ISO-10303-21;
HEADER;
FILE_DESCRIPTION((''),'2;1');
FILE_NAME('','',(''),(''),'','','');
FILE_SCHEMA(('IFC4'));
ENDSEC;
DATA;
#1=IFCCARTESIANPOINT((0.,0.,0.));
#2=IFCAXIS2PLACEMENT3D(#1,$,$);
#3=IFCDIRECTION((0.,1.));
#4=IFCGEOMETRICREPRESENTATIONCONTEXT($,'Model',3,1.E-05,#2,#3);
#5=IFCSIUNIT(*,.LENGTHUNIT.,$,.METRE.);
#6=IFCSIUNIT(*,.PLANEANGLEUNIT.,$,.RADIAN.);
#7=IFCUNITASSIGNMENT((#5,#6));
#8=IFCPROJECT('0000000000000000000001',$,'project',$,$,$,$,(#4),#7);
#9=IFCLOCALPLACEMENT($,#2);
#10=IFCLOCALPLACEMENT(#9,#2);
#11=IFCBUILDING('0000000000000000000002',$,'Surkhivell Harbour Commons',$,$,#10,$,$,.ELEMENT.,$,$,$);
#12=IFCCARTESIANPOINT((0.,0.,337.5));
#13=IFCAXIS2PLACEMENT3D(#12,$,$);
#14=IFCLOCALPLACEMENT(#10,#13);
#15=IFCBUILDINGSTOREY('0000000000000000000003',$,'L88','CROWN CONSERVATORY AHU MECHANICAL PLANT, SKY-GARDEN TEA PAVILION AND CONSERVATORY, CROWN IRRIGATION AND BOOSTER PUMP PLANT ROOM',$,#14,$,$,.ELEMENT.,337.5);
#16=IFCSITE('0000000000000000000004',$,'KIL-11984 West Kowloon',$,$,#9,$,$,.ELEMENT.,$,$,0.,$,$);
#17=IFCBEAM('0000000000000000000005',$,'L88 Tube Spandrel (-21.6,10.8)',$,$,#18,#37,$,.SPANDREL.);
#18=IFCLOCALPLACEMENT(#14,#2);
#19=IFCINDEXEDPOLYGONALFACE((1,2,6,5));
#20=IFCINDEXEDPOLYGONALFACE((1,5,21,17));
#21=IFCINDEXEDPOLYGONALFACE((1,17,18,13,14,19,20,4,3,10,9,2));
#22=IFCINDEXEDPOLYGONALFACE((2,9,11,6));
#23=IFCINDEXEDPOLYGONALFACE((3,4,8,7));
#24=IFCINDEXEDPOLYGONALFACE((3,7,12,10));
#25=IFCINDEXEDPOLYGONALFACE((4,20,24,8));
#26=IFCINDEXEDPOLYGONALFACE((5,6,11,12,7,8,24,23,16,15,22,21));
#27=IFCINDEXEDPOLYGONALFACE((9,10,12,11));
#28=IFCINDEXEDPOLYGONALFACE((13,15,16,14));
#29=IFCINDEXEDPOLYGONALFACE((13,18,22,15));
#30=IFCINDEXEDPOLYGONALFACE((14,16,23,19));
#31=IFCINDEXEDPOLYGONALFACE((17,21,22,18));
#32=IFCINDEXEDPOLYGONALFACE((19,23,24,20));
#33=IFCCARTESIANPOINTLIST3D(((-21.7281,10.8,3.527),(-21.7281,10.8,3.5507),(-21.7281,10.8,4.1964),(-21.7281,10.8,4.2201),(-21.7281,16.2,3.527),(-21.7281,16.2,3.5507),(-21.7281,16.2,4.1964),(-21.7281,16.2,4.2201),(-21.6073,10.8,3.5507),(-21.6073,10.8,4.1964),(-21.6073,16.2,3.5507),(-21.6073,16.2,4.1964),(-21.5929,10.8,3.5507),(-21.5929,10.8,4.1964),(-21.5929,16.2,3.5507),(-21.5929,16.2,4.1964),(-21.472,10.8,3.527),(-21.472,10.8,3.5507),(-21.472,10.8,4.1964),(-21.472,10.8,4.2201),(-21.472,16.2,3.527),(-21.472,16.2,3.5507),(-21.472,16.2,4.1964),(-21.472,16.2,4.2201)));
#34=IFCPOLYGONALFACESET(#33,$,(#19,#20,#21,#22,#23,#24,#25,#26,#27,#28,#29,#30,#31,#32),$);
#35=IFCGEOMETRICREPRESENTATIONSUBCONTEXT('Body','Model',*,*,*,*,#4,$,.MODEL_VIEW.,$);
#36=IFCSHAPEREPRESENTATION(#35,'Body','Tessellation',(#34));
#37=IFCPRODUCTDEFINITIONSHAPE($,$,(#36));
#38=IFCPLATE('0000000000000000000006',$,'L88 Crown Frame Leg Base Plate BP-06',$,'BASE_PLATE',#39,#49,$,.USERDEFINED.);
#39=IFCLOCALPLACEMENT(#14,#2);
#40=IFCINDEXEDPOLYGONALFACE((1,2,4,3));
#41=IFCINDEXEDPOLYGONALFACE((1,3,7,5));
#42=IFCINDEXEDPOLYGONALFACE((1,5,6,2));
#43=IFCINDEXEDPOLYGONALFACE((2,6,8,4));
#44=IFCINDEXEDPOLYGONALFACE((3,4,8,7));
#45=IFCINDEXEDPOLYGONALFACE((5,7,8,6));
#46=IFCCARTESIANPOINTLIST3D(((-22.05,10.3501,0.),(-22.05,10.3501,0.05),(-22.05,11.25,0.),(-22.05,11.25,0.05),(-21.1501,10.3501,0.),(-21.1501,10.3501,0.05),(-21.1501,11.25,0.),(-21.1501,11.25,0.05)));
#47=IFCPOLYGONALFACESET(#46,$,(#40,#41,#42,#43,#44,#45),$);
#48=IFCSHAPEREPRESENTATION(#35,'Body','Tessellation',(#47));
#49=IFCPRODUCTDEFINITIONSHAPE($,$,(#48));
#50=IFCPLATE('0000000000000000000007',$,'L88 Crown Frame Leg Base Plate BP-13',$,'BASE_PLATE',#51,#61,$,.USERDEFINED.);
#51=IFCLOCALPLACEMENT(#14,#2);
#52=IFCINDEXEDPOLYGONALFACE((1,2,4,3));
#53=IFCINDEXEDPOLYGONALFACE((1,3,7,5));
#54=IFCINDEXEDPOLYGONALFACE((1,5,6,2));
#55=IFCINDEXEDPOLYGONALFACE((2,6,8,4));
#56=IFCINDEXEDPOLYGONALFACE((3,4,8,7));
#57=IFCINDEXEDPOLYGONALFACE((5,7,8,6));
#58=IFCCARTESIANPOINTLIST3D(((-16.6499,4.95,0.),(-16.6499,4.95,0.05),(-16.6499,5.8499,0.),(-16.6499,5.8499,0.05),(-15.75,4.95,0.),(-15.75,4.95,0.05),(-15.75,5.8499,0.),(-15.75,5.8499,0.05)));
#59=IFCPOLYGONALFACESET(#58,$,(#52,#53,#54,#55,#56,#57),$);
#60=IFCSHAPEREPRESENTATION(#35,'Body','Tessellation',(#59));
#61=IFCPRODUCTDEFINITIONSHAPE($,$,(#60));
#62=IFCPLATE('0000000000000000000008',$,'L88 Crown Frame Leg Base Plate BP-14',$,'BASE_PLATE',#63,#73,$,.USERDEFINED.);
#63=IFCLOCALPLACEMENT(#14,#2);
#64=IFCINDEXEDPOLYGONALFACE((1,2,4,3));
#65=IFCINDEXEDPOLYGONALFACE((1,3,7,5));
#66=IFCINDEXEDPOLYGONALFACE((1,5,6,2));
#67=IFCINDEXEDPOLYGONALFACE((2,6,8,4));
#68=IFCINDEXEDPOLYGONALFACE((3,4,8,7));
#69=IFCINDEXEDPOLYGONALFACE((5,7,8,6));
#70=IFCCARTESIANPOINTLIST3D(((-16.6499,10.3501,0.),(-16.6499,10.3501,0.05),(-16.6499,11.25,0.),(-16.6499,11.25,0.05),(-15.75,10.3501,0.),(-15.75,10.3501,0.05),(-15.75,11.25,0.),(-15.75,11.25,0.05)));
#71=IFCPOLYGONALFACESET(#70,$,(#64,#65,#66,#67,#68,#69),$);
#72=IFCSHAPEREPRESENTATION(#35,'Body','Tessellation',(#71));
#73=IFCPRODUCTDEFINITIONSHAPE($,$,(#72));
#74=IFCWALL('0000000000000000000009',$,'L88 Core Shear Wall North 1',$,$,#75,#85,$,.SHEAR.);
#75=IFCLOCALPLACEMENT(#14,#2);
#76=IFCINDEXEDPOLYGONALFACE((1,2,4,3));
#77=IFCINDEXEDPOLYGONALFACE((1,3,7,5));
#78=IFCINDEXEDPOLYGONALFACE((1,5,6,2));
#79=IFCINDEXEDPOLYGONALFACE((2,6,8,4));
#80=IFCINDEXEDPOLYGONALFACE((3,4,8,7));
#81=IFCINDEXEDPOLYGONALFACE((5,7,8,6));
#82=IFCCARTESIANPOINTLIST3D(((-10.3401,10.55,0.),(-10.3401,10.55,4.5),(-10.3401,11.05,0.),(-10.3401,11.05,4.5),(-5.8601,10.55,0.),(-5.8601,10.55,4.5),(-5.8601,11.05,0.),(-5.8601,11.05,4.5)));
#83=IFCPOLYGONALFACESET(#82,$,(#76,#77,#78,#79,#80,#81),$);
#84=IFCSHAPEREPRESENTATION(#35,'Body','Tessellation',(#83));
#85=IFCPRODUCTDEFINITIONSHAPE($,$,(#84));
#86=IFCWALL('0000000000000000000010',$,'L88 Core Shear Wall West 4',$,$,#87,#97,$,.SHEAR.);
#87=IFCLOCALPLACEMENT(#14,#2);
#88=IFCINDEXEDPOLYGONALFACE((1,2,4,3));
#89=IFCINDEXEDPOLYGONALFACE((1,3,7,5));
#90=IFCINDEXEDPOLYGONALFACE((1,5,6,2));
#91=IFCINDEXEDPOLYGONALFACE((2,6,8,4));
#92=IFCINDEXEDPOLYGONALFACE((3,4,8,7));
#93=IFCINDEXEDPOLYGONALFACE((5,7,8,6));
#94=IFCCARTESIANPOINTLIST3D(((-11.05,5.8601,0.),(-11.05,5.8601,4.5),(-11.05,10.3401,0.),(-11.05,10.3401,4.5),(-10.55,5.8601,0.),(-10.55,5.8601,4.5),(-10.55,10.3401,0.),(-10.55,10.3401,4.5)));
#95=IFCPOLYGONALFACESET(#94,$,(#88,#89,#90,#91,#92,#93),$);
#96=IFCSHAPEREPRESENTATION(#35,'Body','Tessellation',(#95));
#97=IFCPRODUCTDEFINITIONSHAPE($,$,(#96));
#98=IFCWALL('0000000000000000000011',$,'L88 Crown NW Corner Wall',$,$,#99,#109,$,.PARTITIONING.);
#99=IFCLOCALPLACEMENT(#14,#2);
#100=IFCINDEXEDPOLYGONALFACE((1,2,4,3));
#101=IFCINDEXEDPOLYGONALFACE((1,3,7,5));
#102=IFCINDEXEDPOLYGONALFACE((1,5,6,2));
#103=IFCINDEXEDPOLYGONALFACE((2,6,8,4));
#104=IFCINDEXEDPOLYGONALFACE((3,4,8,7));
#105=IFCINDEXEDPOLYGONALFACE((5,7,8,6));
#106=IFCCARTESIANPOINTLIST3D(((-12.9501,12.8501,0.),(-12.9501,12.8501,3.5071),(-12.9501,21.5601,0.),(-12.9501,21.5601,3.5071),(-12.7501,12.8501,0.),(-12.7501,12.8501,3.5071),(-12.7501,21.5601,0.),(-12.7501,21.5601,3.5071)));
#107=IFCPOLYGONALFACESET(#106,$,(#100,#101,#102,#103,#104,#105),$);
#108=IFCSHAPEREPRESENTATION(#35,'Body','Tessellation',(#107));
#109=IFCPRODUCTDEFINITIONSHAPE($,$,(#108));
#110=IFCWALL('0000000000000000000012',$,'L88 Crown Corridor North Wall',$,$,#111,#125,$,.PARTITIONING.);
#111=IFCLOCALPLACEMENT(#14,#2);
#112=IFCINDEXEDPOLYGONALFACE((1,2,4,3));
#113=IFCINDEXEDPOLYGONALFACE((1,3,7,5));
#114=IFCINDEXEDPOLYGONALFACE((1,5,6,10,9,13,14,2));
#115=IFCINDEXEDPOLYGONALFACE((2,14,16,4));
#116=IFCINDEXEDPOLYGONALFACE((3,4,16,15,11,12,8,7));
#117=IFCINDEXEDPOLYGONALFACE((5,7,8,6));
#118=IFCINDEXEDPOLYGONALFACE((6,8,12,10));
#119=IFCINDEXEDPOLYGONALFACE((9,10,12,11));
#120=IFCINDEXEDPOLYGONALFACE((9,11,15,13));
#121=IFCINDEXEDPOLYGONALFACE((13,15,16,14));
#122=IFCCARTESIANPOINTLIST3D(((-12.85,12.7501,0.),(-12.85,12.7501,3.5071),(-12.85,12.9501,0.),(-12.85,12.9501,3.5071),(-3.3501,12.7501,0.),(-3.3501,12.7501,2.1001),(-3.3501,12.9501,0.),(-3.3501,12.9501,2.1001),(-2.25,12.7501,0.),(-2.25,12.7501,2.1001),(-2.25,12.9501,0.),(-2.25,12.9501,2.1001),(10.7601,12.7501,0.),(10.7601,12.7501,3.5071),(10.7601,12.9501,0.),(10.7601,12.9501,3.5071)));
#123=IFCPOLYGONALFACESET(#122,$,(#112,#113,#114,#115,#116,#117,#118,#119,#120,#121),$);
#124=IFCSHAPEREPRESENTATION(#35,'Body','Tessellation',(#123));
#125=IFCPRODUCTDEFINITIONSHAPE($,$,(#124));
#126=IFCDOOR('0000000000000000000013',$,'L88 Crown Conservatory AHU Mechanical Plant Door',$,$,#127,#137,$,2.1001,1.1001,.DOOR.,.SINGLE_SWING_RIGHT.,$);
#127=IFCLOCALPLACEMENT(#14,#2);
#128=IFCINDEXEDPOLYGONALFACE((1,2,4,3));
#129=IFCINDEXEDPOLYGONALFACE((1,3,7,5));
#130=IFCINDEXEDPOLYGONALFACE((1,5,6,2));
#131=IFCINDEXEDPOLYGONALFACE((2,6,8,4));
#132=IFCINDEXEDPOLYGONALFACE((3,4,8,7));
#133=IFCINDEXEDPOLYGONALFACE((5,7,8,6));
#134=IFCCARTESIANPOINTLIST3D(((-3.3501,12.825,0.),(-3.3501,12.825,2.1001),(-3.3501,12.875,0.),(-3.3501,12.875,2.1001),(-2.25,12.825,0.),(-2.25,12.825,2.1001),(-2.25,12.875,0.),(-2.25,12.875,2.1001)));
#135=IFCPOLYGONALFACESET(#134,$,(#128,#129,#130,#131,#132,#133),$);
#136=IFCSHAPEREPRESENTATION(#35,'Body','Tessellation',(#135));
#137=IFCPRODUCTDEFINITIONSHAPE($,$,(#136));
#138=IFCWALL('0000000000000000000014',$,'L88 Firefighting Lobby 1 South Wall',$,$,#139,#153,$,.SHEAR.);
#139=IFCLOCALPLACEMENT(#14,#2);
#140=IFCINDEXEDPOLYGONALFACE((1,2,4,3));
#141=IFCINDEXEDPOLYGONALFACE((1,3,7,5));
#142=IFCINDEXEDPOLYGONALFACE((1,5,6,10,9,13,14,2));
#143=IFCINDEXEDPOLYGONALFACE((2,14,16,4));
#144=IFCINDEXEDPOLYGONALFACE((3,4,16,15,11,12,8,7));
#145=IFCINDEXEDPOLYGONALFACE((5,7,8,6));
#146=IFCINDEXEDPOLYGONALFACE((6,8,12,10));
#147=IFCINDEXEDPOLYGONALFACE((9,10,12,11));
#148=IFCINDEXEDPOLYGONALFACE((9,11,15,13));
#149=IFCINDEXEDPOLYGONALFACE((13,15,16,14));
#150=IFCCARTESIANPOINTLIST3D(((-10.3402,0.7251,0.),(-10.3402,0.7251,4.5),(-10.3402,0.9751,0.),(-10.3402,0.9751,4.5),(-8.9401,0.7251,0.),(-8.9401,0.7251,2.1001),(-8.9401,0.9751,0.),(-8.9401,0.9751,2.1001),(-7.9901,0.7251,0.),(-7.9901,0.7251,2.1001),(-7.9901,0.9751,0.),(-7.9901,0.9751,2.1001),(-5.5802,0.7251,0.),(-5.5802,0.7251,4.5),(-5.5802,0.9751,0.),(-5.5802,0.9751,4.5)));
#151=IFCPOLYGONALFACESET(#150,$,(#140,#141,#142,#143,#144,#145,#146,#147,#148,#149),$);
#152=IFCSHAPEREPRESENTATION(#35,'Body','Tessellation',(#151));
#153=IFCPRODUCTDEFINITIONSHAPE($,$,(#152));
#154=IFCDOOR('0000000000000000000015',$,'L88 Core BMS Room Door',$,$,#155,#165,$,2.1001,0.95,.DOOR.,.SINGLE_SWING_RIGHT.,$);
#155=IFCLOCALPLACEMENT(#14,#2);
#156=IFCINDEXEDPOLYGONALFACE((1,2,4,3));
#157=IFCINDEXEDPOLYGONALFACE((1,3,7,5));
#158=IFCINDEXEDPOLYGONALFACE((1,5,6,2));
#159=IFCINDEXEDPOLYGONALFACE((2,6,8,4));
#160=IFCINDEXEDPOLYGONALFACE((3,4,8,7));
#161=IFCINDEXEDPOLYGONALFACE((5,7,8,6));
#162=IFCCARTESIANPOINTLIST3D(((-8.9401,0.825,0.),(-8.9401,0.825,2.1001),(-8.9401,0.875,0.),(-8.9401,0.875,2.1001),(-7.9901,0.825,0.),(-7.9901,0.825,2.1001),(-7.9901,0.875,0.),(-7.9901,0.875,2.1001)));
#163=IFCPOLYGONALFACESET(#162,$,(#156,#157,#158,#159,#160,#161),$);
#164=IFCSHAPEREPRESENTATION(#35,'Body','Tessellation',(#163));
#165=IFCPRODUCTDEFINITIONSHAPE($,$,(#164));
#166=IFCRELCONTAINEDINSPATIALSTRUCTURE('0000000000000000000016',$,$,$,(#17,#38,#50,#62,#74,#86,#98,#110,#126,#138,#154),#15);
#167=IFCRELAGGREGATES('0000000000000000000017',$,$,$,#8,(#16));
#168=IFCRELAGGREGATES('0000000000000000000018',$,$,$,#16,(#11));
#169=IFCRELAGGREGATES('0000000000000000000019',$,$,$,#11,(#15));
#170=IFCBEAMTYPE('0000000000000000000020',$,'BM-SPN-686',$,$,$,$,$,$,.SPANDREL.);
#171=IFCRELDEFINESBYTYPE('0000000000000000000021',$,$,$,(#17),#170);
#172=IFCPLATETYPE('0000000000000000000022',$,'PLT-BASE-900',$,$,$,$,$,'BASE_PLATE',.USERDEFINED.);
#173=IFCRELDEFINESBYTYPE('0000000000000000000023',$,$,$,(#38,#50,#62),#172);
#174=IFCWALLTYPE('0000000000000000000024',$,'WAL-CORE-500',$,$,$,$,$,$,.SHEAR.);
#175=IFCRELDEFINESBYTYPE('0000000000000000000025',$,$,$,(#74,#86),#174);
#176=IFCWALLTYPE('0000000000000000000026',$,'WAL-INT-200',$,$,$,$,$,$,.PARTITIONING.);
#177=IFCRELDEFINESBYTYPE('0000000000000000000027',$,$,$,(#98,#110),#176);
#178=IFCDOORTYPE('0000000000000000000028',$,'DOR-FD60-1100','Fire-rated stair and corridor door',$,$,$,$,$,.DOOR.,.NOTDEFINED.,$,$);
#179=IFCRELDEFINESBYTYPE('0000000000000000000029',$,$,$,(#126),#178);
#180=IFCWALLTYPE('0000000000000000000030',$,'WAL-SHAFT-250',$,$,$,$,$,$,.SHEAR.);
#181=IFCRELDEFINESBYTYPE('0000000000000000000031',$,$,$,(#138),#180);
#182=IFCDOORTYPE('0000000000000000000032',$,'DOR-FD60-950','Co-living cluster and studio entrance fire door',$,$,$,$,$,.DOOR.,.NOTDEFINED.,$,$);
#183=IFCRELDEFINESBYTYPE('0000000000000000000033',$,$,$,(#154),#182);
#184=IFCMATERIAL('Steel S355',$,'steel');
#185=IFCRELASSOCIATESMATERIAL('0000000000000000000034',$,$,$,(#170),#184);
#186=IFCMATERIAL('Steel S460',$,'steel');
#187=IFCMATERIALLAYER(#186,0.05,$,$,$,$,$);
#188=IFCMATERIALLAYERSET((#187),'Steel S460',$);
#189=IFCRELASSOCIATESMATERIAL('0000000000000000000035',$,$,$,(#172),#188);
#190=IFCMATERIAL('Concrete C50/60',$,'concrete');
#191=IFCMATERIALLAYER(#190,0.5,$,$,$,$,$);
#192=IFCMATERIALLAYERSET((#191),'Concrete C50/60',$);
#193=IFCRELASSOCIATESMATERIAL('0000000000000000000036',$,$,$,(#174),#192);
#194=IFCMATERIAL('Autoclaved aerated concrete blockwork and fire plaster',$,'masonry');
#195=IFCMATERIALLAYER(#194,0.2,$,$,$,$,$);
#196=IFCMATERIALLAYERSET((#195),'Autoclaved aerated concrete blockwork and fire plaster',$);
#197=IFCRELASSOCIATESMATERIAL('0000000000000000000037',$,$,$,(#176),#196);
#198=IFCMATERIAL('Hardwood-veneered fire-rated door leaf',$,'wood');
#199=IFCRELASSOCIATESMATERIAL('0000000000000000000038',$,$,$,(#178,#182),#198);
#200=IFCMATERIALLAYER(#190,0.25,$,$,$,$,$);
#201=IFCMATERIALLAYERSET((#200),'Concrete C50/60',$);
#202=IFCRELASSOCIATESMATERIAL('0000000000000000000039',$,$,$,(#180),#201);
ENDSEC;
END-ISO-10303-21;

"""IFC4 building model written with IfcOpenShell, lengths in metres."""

from ifc_helpers import new_model, si_unit, direction, frame, frame_2d, origin, origin_2d, place, context, subcontext, project, spatial, rectangle, i_section, extrude, material, layer, layer_set, material_profile, profile_set, type_object, element, fill, save


model = new_model("IFC4")

# Units and contexts
model_context = context("Model", 3, precision=1e-05, world=origin(), true_north=direction((0.0, 1.0)))
body_context = subcontext(model_context, "Body", "Model", "MODEL_VIEW")
ifc_project = project(units=[si_unit("LENGTHUNIT", "METRE"), si_unit("PLANEANGLEUNIT", "RADIAN")], contexts=[model_context])

# Site, building, storey
site_placement = place(None, origin())
site = spatial("IfcSite", under=ifc_project, at=site_placement, Name="KIL-11984 West Kowloon", CompositionType="ELEMENT", RefElevation=0.0)
building_placement = place(site_placement, origin())
building = spatial("IfcBuilding", under=site, at=building_placement, Name="Surkhivell Harbour Commons", CompositionType="ELEMENT")
storey_placement = place(building_placement, frame((0.0, 0.0, 337.5)))
storey = spatial("IfcBuildingStorey", under=building, at=storey_placement, Name="L88", Description="CROWN CONSERVATORY AHU MECHANICAL PLANT, SKY-GARDEN TEA PAVILION AND CONSERVATORY, CROWN IRRIGATION AND BOOSTER PUMP PLANT ROOM", CompositionType="ELEMENT", Elevation=337.5)

# Shared definitions
ifc_material_1 = material(Name="Steel S460", Category="steel")

# Beam
ifc_material_2 = material(Name="Steel S355", Category="steel")
ifc_material_profile_1 = material_profile(ifc_material_2, i_section(OverallWidth=0.2561, OverallDepth=0.6931, WebThickness=0.0144, FlangeThickness=0.0237, at=origin_2d()), Name="UB686x254x170")
ifc_profile_set_1 = profile_set([ifc_material_profile_1], Name="Steel S355")
beam_type_1 = type_object("IfcBeamType", Name="BM-SPN-686", PredefinedType="SPANDREL", material=ifc_profile_set_1)
beam_placement = place(storey_placement, frame((-21.6001, 10.8, 3.8735), z_axis=(0.0, 1.0, 0.0), x_axis=(-1.0, 0.0, 0.0)))
element("IfcBeam", 1, at=beam_placement, inside=storey, type_object=beam_type_1, Name="L88 Tube Spandrel (-21.6,10.8)", PredefinedType="SPANDREL", context=body_context, shape_type="SweptSolid", body=[
    extrude(i_section(OverallWidth=0.2561, OverallDepth=0.6931, WebThickness=0.0144, FlangeThickness=0.0237, at=origin_2d()), origin(), (0.0, 0.0, 1.0), 5.3999),
])

# Plates
ifc_layer_1 = layer(ifc_material_1, 0.05)
ifc_layer_set_1 = layer_set([ifc_layer_1], Name="Steel S460")
plate_type = type_object("IfcPlateType", Name="PLT-BASE-900", ElementType="BASE_PLATE", PredefinedType="USERDEFINED", material=ifc_layer_set_1)
for number, where, z_axis, x_axis, name in (
    (2, (-21.6001, 10.8, 0.0), (0.0, 0.0, 1.0), (1.0, 0.0, 0.0), "L88 Crown Frame Leg Base Plate BP-06"),
    (3, (-16.2, 5.3999, 0.0), (0.0, 0.0, 1.0), (1.0, 0.0, 0.0), "L88 Crown Frame Leg Base Plate BP-13"),
    (4, (-16.2, 10.8, 0.0), (0.0, 0.0, 1.0), (1.0, 0.0, 0.0), "L88 Crown Frame Leg Base Plate BP-14"),
):
    element("IfcPlate", number, at=place(storey_placement, frame(where, z_axis=z_axis, x_axis=x_axis)), inside=storey, type_object=plate_type, Name=name, ObjectType="BASE_PLATE", PredefinedType="USERDEFINED", context=body_context, shape_type="SweptSolid", body=[
        extrude(rectangle(XDim=0.8999, YDim=0.8999, at=origin_2d()), origin(), (0.0, 0.0, 1.0), 0.05),
    ])

# Walls
ifc_material_3 = material(Name="Concrete C50/60", Category="concrete")
ifc_layer_2 = layer(ifc_material_3, 0.5)
ifc_layer_set_2 = layer_set([ifc_layer_2], Name="Concrete C50/60")
wall_type_1 = type_object("IfcWallType", Name="WAL-CORE-500", PredefinedType="SHEAR", material=ifc_layer_set_2)
for number, where, z_axis, x_axis, name in (
    (5, (-10.3401, 10.8, 0.0), (0.0, 0.0, 1.0), (1.0, 0.0, 0.0), "L88 Core Shear Wall North 1"),
    (6, (-10.8, 5.8601, 0.0), (0.0, 0.0, 1.0), (0.0, 1.0, 0.0), "L88 Core Shear Wall West 4"),
):
    element("IfcWall", number, at=place(storey_placement, frame(where, z_axis=z_axis, x_axis=x_axis)), inside=storey, type_object=wall_type_1, Name=name, PredefinedType="SHEAR", context=body_context, shape_type="SweptSolid", body=[
        extrude(rectangle(XDim=4.48, YDim=0.5, at=frame_2d((2.24, 0.0))), origin(), (0.0, 0.0, 1.0), 4.5),
    ])
ifc_material_4 = material(Name="Autoclaved aerated concrete blockwork and fire plaster", Category="masonry")
ifc_layer_3 = layer(ifc_material_4, 0.2)
ifc_layer_set_3 = layer_set([ifc_layer_3], Name="Autoclaved aerated concrete blockwork and fire plaster")
wall_type_2 = type_object("IfcWallType", Name="WAL-INT-200", PredefinedType="PARTITIONING", material=ifc_layer_set_3)
wall_1_placement = place(storey_placement, frame((-12.8501, 12.8501, 0.0), z_axis=(0.0, 0.0, 1.0), x_axis=(0.0, 1.0, 0.0)))
element("IfcWall", 7, at=wall_1_placement, inside=storey, type_object=wall_type_2, Name="L88 Crown NW Corner Wall", PredefinedType="PARTITIONING", context=body_context, shape_type="SweptSolid", body=[
    extrude(rectangle(XDim=8.71, YDim=0.2, at=frame_2d((4.355, 0.0))), origin(), (0.0, 0.0, 1.0), 3.5071),
])

# Walls, openings, doors
wall_2_placement = place(storey_placement, frame((-12.8501, 12.8501, 0.0), z_axis=(0.0, 0.0, 1.0), x_axis=(1.0, 0.0, 0.0)))
wall_2 = element("IfcWall", 8, at=wall_2_placement, inside=storey, type_object=wall_type_2, Name="L88 Crown Corridor North Wall", PredefinedType="PARTITIONING", context=body_context, shape_type="SweptSolid", body=[
    extrude(rectangle(XDim=23.6101, YDim=0.2, at=frame_2d((11.8052, 0.0))), origin(), (0.0, 0.0, 1.0), 3.5071),
])
opening_1_placement = place(wall_2_placement, frame((9.5, 0.0, 0.0)))
opening_1 = element("IfcOpeningElement", 9, at=opening_1_placement, cuts=wall_2, PredefinedType="OPENING", context=body_context, shape_type="SweptSolid", body=[
    extrude(rectangle(XDim=1.1001, YDim=2.1001, at=frame_2d((0.55, 1.05))), frame((0.0, 0.1099, 0.0), z_axis=(0.0, -1.0, 0.0), x_axis=(1.0, 0.0, 0.0)), (0.0, 0.0, 1.0), 0.22),
])
ifc_material_5 = material(Name="Hardwood-veneered fire-rated door leaf", Category="wood")
door_type_1 = type_object("IfcDoorType", Name="DOR-FD60-1100", Description="Fire-rated stair and corridor door", OperationType="NOTDEFINED", PredefinedType="DOOR", material=ifc_material_5)
door_1_placement = place(opening_1_placement, origin())
door_1 = element("IfcDoor", 10, at=door_1_placement, inside=storey, type_object=door_type_1, Name="L88 Crown Conservatory AHU Mechanical Plant Door", OperationType="SINGLE_SWING_RIGHT", OverallHeight=2.1001, OverallWidth=1.1001, PredefinedType="DOOR", context=body_context, shape_type="SweptSolid", body=[
    extrude(rectangle(XDim=1.1001, YDim=2.1001, at=frame_2d((0.55, 1.05))), frame((0.0, 0.0249, 0.0), z_axis=(0.0, -1.0, 0.0), x_axis=(1.0, 0.0, 0.0)), (0.0, 0.0, 1.0), 0.05),
])
fill(opening_1, door_1)
ifc_layer_4 = layer(ifc_material_3, 0.25)
ifc_layer_set_4 = layer_set([ifc_layer_4], Name="Concrete C50/60")
wall_type_3 = type_object("IfcWallType", Name="WAL-SHAFT-250", PredefinedType="SHEAR", material=ifc_layer_set_4)
wall_3_placement = place(storey_placement, frame((-10.3401, 0.8501, 0.0), z_axis=(0.0, 0.0, 1.0), x_axis=(1.0, 0.0, 0.0)))
wall_3 = element("IfcWall", 11, at=wall_3_placement, inside=storey, type_object=wall_type_3, Name="L88 Firefighting Lobby 1 South Wall", PredefinedType="SHEAR", context=body_context, shape_type="SweptSolid", body=[
    extrude(rectangle(XDim=4.76, YDim=0.25, at=frame_2d((2.3799, 0.0))), origin(), (0.0, 0.0, 1.0), 4.5),
])
opening_2_placement = place(wall_3_placement, frame((1.3999, 0.0, 0.0)))
opening_2 = element("IfcOpeningElement", 12, at=opening_2_placement, cuts=wall_3, PredefinedType="OPENING", context=body_context, shape_type="SweptSolid", body=[
    extrude(rectangle(XDim=0.95, YDim=2.1001, at=frame_2d((0.4751, 1.05))), frame((0.0, 0.135, 0.0), z_axis=(0.0, -1.0, 0.0), x_axis=(1.0, 0.0, 0.0)), (0.0, 0.0, 1.0), 0.27),
])
door_type_2 = type_object("IfcDoorType", Name="DOR-FD60-950", Description="Co-living cluster and studio entrance fire door", OperationType="NOTDEFINED", PredefinedType="DOOR", material=ifc_material_5)
door_2_placement = place(opening_2_placement, origin())
door_2 = element("IfcDoor", 13, at=door_2_placement, inside=storey, type_object=door_type_2, Name="L88 Core BMS Room Door", OperationType="SINGLE_SWING_RIGHT", OverallHeight=2.1001, OverallWidth=0.95, PredefinedType="DOOR", context=body_context, shape_type="SweptSolid", body=[
    extrude(rectangle(XDim=0.95, YDim=2.1001, at=frame_2d((0.4751, 1.05))), frame((0.0, 0.0249, 0.0), z_axis=(0.0, -1.0, 0.0), x_axis=(1.0, 0.0, 0.0)), (0.0, 0.0, 1.0), 0.05),
])
fill(opening_2, door_2)

save(model, "model.ifc")
